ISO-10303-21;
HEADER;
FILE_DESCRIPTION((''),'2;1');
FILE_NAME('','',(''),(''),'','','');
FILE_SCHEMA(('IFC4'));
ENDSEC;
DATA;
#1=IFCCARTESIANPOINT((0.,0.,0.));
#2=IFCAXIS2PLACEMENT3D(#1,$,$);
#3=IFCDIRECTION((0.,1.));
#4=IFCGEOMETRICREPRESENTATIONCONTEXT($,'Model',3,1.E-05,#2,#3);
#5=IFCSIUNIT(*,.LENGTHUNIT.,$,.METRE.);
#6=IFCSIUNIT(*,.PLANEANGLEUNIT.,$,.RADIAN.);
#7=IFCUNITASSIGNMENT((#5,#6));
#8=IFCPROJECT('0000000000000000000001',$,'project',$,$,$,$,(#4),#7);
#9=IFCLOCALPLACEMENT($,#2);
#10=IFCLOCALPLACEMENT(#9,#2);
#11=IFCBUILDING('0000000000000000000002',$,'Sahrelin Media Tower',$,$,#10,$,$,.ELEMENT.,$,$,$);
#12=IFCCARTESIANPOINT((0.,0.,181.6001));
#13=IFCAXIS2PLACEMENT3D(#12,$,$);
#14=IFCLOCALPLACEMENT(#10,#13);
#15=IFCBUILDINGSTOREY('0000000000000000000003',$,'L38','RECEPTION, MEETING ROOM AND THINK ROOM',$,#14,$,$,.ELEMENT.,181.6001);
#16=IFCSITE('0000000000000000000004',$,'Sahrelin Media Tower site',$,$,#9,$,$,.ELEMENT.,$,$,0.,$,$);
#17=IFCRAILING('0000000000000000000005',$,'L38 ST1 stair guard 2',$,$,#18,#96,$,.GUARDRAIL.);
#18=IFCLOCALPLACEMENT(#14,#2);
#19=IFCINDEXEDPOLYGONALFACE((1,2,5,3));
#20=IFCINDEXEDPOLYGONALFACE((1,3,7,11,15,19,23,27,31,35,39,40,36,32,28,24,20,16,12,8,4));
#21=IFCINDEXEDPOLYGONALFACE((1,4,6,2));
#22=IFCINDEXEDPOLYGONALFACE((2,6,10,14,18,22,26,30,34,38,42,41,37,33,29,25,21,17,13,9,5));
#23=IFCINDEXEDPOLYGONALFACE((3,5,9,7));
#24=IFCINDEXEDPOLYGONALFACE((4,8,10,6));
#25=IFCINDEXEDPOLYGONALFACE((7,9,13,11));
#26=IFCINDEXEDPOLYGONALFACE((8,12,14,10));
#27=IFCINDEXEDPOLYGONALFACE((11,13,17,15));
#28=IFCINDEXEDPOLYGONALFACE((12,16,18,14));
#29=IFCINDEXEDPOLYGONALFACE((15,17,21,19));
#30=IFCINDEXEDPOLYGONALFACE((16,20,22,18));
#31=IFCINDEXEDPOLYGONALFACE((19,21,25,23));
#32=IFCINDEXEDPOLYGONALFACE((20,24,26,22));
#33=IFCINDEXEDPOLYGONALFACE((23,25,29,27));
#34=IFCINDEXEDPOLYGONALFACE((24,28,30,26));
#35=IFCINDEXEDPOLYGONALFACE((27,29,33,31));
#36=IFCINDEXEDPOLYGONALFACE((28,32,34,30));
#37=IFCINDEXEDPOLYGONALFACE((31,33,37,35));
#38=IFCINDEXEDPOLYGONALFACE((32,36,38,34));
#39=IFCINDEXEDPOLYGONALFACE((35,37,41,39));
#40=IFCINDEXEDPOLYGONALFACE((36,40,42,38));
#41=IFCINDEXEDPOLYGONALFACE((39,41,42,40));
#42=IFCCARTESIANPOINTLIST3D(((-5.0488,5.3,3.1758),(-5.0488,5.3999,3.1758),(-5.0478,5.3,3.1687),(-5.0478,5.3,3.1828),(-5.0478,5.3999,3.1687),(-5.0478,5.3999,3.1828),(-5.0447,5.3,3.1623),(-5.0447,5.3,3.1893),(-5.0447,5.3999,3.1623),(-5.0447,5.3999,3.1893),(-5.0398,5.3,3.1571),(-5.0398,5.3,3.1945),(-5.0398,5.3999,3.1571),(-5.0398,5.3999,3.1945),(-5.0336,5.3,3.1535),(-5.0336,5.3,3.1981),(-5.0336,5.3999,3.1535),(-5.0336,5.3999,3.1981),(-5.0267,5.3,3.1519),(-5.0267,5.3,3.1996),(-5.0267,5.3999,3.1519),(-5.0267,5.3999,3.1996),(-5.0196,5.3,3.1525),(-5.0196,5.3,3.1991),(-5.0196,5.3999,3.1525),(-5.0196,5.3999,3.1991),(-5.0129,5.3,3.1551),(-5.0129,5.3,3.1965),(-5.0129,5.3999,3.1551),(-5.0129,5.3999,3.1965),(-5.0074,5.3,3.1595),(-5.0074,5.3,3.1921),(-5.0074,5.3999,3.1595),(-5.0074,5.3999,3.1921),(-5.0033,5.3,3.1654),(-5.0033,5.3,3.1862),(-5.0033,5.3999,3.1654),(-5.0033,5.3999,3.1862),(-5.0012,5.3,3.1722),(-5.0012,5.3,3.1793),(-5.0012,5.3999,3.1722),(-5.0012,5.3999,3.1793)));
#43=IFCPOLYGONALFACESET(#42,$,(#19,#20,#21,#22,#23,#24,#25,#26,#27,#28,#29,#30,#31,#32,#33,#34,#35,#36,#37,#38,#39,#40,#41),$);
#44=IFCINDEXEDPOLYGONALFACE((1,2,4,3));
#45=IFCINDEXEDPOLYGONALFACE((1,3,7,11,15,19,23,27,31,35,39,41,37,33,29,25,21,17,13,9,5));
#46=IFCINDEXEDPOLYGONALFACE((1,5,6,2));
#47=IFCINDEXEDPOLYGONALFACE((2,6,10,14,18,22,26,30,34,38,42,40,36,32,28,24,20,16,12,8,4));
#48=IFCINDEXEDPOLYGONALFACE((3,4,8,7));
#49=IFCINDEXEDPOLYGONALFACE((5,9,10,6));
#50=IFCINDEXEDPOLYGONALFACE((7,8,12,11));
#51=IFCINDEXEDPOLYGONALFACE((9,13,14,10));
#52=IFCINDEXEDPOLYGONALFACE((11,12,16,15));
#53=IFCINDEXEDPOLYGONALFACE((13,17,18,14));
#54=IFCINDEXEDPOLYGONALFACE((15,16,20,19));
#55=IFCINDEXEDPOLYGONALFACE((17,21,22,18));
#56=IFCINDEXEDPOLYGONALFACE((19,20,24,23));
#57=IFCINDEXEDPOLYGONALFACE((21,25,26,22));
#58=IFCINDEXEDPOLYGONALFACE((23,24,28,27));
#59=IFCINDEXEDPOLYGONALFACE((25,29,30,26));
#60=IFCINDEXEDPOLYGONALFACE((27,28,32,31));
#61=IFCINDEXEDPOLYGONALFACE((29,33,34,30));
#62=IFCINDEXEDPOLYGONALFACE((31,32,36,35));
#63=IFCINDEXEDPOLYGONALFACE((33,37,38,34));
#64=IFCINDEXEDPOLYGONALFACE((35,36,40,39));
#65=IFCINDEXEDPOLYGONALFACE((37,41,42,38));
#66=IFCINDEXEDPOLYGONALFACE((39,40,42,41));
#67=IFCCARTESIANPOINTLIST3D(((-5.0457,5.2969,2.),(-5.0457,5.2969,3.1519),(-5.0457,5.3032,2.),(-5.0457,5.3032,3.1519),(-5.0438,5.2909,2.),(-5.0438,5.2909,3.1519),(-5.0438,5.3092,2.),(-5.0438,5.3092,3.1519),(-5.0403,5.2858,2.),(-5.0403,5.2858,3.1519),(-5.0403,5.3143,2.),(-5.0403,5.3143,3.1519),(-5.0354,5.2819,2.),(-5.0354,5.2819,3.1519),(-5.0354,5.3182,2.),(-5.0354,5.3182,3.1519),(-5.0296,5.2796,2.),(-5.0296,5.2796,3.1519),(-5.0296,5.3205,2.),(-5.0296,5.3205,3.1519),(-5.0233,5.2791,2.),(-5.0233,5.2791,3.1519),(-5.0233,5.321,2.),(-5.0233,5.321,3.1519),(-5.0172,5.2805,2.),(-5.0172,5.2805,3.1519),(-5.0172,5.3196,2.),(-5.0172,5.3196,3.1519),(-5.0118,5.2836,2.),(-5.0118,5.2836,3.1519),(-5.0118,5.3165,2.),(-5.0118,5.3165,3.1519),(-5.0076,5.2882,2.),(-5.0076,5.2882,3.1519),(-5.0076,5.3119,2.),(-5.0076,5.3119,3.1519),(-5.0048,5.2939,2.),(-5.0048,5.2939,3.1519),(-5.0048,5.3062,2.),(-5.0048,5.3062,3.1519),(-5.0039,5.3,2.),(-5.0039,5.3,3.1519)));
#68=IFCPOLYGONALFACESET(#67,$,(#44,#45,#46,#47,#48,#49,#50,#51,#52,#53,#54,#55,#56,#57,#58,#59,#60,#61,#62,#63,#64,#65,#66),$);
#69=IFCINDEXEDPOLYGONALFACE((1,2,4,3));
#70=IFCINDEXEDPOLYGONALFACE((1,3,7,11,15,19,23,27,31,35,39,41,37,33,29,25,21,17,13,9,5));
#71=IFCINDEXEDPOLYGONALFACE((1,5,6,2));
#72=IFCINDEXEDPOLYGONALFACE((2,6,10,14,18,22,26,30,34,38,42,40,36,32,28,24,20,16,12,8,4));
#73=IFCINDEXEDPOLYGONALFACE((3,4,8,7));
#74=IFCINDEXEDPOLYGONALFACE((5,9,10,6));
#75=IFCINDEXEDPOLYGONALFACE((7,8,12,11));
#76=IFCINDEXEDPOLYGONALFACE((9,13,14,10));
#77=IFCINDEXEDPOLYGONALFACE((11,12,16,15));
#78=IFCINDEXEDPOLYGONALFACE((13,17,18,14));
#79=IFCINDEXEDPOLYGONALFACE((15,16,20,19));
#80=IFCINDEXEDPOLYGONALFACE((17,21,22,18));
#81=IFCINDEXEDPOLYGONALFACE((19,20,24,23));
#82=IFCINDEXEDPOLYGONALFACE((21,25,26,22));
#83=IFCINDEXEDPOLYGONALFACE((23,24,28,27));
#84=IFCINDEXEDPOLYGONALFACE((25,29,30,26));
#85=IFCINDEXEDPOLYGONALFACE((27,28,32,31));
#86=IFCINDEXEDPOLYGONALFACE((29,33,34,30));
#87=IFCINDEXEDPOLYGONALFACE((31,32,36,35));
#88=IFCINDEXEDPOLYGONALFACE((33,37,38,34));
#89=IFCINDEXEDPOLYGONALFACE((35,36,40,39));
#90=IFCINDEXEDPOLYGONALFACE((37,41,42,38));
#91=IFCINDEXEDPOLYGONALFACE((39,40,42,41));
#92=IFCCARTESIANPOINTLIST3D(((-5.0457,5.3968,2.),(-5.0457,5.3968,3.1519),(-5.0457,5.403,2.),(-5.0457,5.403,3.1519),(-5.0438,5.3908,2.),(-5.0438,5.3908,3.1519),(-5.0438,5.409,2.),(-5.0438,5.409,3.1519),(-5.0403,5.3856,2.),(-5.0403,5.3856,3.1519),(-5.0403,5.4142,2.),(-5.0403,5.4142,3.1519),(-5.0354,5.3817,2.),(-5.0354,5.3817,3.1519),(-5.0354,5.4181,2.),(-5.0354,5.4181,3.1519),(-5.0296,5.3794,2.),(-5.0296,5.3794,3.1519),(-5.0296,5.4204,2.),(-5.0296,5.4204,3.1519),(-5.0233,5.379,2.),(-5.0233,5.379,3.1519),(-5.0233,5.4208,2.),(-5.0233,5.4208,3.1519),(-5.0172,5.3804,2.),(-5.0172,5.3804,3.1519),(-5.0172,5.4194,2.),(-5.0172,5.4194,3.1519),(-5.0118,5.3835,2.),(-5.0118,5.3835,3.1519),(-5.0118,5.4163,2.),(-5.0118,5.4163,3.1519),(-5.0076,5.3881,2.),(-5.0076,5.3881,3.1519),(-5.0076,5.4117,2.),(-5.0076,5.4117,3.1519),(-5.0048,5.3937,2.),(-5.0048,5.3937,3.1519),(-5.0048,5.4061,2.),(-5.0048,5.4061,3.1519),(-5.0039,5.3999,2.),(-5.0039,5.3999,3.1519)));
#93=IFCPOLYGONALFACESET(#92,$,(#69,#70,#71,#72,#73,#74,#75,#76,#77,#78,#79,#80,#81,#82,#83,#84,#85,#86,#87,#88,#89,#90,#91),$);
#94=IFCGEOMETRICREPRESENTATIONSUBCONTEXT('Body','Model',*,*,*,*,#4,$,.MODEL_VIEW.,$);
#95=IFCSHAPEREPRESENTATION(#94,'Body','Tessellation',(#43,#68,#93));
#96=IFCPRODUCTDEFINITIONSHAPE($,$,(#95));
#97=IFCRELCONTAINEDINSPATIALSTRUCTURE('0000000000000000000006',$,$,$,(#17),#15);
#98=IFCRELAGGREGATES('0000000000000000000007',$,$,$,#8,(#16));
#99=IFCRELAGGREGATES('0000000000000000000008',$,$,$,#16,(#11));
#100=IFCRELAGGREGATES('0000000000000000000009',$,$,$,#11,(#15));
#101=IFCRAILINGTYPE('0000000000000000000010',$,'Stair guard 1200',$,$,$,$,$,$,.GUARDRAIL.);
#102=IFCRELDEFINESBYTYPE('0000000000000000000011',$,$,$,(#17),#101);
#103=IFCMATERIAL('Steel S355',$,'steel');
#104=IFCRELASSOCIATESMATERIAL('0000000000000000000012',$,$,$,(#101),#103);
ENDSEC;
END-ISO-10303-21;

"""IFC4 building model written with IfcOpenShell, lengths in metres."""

from ifc_helpers import new_model, si_unit, direction, frame, origin, origin_2d, place, context, subcontext, project, spatial, circle, extrude, material, type_object, element, save


model = new_model("IFC4")

# Units and contexts
model_context = context("Model", 3, precision=1e-05, world=origin(), true_north=direction((0.0, 1.0)))
body_context = subcontext(model_context, "Body", "Model", "MODEL_VIEW")
ifc_project = project(units=[si_unit("LENGTHUNIT", "METRE"), si_unit("PLANEANGLEUNIT", "RADIAN")], contexts=[model_context])

# Site, building, storey
site_placement = place(None, origin())
site = spatial("IfcSite", under=ifc_project, at=site_placement, Name="Sahrelin Media Tower site", CompositionType="ELEMENT", RefElevation=0.0)
building_placement = place(site_placement, origin())
building = spatial("IfcBuilding", under=site, at=building_placement, Name="Sahrelin Media Tower", CompositionType="ELEMENT")
storey_placement = place(building_placement, frame((0.0, 0.0, 181.6001)))
storey = spatial("IfcBuildingStorey", under=building, at=storey_placement, Name="L38", Description="RECEPTION, MEETING ROOM AND THINK ROOM", CompositionType="ELEMENT", Elevation=181.6001)

# Shared definitions
ifc_material_1 = material(Name="Steel S355", Category="steel")

# Railing
railing_type_1 = type_object("IfcRailingType", Name="Stair guard 1200", PredefinedType="GUARDRAIL", material=ifc_material_1)
railing_1_placement = place(storey_placement, frame((-5.0249, 5.3, 2.0)))
element("IfcRailing", 1, at=railing_1_placement, inside=storey, type_object=railing_type_1, Name="L38 ST1 stair guard 2", PredefinedType="GUARDRAIL", context=body_context, shape_type="SweptSolid", body=[
    extrude(circle(Radius=0.0239, at=origin_2d()), frame((0.0, 0.0, 1.1758), z_axis=(0.0, 1.0, 0.0), x_axis=(-1.0, 0.0, 0.0)), (0.0, 0.0, 1.0), 0.0999),
    extrude(circle(Radius=0.021, at=origin_2d()), origin(), (0.0, 0.0, 1.0), 1.1519),
    extrude(circle(Radius=0.021, at=origin_2d()), frame((0.0, 0.0999, 0.0)), (0.0, 0.0, 1.0), 1.1519),
])

save(model, "model.ifc")
